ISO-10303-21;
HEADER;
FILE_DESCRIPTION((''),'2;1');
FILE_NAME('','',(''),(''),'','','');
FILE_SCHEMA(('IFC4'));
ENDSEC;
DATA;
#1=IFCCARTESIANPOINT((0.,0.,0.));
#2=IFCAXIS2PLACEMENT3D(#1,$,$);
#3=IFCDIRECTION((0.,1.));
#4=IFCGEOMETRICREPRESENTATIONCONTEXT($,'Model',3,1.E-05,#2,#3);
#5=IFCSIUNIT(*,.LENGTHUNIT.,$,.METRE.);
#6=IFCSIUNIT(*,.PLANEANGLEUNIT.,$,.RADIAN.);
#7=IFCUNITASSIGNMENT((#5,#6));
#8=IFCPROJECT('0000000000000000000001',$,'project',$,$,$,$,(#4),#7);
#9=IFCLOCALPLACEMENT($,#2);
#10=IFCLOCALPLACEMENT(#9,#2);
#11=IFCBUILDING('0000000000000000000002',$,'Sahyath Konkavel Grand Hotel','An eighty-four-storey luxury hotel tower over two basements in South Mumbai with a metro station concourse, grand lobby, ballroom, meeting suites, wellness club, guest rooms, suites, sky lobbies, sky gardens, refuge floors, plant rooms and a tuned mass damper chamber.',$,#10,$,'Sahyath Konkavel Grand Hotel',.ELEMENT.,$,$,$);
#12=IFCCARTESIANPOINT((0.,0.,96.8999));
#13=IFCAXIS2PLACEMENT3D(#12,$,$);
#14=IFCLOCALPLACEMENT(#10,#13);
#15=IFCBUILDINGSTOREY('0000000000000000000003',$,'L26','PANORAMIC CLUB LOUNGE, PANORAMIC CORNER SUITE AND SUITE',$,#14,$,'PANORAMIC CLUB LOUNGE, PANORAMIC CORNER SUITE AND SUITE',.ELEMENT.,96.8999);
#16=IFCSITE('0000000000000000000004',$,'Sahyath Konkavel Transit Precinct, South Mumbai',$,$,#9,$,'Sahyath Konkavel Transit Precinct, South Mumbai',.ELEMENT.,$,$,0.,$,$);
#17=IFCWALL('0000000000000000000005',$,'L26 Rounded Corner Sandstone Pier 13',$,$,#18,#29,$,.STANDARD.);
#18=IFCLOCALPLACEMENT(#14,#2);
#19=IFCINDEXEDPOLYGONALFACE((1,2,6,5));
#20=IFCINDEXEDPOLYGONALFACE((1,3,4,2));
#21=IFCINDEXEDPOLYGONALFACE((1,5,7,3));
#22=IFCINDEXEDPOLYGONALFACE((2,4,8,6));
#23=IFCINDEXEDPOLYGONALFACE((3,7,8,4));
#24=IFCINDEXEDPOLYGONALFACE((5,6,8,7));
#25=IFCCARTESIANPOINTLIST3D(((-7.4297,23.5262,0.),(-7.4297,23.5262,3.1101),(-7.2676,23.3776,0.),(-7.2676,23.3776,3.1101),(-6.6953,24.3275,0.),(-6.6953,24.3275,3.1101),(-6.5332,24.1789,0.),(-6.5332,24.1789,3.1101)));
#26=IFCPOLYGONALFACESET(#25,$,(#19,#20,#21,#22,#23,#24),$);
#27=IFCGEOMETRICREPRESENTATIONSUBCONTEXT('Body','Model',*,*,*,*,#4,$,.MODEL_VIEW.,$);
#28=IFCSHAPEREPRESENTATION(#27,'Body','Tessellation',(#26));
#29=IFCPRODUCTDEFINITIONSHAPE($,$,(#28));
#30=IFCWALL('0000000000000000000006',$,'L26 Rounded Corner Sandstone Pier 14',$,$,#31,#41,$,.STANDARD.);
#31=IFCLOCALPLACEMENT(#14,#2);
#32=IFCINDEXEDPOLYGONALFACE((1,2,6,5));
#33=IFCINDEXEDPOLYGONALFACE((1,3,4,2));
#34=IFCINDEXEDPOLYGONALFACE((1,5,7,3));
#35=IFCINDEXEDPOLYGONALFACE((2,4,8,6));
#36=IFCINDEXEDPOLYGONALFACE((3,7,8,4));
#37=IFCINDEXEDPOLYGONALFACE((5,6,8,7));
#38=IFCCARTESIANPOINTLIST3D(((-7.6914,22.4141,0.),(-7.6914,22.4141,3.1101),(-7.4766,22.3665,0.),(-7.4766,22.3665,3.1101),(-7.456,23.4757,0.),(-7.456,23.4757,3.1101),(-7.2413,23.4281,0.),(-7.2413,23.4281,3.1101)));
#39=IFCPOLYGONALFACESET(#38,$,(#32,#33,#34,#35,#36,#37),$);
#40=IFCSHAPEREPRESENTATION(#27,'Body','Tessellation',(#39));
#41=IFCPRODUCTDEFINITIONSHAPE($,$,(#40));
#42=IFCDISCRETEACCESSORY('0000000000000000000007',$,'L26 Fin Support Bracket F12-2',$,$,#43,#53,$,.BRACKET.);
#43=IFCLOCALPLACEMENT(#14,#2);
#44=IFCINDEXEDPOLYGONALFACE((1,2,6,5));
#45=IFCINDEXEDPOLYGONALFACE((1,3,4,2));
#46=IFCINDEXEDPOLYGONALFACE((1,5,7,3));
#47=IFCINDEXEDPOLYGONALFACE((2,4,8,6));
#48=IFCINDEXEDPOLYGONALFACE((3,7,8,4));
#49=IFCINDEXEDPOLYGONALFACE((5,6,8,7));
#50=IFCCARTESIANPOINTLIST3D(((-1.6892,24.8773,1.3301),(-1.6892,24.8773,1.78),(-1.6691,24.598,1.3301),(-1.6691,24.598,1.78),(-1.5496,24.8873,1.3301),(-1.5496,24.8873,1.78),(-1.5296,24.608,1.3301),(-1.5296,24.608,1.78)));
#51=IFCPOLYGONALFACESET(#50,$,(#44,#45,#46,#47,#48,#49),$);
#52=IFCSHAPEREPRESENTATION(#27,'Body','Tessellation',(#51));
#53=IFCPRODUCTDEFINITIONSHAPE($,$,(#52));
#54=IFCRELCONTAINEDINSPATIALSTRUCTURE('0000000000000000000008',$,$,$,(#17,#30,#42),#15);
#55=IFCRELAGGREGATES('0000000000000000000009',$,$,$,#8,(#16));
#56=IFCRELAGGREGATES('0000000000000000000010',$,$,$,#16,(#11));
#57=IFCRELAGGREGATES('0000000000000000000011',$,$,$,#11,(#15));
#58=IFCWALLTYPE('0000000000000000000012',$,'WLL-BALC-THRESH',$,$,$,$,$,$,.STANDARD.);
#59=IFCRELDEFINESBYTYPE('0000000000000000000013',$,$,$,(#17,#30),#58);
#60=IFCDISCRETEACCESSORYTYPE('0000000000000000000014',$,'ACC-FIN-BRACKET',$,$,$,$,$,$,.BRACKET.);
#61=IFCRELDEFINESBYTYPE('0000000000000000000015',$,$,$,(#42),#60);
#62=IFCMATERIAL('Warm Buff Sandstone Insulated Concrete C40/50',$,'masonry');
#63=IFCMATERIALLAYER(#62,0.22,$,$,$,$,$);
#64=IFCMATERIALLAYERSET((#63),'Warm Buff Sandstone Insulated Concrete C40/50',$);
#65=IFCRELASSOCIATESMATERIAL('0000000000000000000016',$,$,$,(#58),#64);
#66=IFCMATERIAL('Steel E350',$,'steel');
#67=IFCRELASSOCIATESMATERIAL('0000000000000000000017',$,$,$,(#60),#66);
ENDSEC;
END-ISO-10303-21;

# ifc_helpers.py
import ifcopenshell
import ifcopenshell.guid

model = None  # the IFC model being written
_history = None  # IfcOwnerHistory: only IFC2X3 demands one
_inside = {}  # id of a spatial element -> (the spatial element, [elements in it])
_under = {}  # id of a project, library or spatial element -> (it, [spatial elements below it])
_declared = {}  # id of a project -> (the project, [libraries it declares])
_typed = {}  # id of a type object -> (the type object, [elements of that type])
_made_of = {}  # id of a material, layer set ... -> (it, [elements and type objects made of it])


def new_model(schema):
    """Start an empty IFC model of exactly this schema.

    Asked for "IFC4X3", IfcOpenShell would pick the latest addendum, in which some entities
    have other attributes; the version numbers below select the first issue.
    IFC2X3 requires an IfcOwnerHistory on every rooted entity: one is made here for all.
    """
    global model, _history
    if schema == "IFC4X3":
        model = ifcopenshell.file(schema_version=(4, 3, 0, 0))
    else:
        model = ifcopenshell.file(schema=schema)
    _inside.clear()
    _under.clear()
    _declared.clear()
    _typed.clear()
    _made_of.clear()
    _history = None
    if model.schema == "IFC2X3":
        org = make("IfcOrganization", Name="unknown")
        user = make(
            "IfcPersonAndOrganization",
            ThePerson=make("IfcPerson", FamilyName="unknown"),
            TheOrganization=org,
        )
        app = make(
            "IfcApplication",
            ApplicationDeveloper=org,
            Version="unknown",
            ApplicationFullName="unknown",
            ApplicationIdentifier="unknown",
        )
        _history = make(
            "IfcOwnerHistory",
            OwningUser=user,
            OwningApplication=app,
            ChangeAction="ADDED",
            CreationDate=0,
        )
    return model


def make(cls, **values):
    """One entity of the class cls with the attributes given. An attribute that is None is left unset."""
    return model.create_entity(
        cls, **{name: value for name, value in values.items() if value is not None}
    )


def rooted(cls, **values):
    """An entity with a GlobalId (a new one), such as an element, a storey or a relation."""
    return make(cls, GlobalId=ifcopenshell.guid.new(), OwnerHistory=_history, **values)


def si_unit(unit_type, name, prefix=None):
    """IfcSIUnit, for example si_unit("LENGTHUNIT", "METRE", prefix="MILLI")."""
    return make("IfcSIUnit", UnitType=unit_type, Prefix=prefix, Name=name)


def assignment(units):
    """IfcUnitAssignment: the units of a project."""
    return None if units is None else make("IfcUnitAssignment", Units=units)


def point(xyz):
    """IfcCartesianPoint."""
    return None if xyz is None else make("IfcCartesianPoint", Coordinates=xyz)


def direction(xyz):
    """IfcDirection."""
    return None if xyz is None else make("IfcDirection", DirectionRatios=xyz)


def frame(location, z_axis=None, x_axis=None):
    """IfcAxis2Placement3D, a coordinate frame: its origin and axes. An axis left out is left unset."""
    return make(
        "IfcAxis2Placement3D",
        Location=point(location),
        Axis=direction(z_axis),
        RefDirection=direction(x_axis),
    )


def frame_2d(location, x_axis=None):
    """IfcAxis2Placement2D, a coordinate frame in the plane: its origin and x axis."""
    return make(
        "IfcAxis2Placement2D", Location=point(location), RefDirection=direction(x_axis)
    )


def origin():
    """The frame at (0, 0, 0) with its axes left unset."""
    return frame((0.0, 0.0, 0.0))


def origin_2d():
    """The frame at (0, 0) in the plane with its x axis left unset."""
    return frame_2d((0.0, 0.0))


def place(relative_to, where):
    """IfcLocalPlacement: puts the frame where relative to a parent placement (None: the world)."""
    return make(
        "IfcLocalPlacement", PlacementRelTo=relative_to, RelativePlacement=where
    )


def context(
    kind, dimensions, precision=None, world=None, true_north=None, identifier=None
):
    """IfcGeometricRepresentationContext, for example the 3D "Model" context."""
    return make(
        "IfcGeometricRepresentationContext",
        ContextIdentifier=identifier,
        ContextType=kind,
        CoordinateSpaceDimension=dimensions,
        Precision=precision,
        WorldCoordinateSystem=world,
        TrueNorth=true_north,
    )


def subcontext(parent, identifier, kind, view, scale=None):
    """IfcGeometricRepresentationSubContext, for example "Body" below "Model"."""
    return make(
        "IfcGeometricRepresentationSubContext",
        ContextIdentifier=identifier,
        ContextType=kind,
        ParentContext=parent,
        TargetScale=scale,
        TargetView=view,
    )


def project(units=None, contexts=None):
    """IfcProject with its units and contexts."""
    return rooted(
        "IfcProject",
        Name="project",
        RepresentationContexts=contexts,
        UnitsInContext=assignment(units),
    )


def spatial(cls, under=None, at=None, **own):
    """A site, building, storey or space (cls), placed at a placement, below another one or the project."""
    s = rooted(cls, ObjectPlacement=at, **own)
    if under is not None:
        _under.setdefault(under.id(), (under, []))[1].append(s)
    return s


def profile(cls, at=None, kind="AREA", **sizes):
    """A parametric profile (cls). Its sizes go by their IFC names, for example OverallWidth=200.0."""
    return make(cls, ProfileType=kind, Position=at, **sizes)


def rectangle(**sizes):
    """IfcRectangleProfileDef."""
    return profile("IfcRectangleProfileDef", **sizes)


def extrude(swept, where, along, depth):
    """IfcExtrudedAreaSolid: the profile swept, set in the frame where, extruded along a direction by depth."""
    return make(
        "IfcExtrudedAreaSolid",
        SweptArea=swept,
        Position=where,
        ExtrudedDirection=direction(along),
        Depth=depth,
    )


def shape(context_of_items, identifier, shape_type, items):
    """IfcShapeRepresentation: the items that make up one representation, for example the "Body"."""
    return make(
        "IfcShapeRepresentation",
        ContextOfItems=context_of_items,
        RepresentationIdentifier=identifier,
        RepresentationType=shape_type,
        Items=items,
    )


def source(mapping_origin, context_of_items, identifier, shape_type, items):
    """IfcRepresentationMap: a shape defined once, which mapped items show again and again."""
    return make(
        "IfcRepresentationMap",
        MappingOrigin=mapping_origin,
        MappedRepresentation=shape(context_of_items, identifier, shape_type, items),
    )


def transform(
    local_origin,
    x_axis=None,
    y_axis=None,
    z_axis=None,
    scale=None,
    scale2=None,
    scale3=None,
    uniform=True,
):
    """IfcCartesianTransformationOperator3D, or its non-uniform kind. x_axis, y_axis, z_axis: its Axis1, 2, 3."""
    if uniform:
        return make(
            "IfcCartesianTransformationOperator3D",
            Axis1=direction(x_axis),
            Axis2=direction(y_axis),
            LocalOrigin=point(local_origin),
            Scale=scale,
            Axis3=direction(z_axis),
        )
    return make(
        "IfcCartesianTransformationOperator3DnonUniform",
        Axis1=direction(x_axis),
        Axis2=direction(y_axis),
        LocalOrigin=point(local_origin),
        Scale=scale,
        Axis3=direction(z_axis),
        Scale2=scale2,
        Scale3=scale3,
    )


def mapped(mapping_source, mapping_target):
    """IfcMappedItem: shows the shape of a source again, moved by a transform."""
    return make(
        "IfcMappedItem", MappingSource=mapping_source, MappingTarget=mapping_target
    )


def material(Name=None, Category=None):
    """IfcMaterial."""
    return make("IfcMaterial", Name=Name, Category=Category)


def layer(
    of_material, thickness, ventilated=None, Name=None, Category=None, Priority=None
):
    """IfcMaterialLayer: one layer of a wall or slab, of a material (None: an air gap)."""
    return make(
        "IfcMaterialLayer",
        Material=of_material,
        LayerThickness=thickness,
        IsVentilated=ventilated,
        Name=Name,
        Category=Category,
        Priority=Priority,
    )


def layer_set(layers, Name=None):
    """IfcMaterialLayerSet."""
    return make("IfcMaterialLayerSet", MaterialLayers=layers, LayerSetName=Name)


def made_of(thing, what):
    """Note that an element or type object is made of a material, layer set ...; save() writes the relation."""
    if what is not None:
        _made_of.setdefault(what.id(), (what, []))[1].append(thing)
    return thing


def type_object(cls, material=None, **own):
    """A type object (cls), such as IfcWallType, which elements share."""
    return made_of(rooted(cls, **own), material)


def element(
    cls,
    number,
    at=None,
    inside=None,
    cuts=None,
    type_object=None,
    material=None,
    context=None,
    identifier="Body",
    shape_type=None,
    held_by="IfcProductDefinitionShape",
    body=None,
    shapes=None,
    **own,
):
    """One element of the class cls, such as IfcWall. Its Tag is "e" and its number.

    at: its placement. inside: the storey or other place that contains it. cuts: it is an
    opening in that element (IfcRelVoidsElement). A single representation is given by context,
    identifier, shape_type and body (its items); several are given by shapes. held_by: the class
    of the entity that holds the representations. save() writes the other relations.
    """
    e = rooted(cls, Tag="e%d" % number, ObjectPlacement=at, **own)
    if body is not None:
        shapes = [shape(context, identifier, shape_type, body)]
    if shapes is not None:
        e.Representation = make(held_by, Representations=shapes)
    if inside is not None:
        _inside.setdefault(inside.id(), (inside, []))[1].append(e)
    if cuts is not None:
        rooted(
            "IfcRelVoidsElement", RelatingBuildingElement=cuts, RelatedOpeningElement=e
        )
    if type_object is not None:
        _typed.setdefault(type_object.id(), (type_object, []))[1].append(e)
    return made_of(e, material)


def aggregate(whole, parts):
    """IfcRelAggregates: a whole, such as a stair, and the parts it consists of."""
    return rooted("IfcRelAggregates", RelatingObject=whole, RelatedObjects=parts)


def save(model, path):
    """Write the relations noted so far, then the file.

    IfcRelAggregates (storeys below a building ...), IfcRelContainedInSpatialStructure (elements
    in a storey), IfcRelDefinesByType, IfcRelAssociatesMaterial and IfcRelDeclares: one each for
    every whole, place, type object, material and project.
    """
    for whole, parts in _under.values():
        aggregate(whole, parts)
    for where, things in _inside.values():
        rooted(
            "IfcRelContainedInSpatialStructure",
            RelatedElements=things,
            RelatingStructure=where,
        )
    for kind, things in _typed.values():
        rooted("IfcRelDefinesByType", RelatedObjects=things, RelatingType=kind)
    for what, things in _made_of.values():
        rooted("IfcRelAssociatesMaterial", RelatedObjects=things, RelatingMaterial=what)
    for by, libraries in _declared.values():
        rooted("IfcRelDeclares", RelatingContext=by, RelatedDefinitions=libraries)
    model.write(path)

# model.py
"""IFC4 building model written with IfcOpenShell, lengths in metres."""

from ifc_helpers import new_model, si_unit, direction, frame, frame_2d, origin, origin_2d, place, context, subcontext, project, spatial, rectangle, extrude, source, transform, mapped, material, layer, layer_set, type_object, element, save


model = new_model("IFC4")

# Units and contexts
model_context = context("Model", 3, precision=1e-05, world=origin(), true_north=direction((0.0, 1.0)))
body_context = subcontext(model_context, "Body", "Model", "MODEL_VIEW")
ifc_project = project(units=[si_unit("LENGTHUNIT", "METRE"), si_unit("PLANEANGLEUNIT", "RADIAN")], contexts=[model_context])

# Site, building, storey
site_placement = place(None, origin())
site = spatial("IfcSite", under=ifc_project, at=site_placement, Name="Sahyath Konkavel Transit Precinct, South Mumbai", LongName="Sahyath Konkavel Transit Precinct, South Mumbai", CompositionType="ELEMENT", RefElevation=0.0)
building_placement = place(site_placement, origin())
building = spatial("IfcBuilding", under=site, at=building_placement, Name="Sahyath Konkavel Grand Hotel", Description="An eighty-four-storey luxury hotel tower over two basements in South Mumbai with a metro station concourse, grand lobby, ballroom, meeting suites, wellness club, guest rooms, suites, sky lobbies, sky gardens, refuge floors, plant rooms and a tuned mass damper chamber.", LongName="Sahyath Konkavel Grand Hotel", CompositionType="ELEMENT")
storey_placement = place(building_placement, frame((0.0, 0.0, 96.8999)))
storey = spatial("IfcBuildingStorey", under=building, at=storey_placement, Name="L26", Description="PANORAMIC CLUB LOUNGE, PANORAMIC CORNER SUITE AND SUITE", LongName="PANORAMIC CLUB LOUNGE, PANORAMIC CORNER SUITE AND SUITE", CompositionType="ELEMENT", Elevation=96.8999)

# Shared definitions
ifc_material_1 = material(Name="Steel E350", Category="steel")

# Walls
ifc_material_2 = material(Name="Warm Buff Sandstone Insulated Concrete C40/50", Category="masonry")
ifc_layer_1 = layer(ifc_material_2, 0.22)
ifc_layer_set_1 = layer_set([ifc_layer_1], Name="Warm Buff Sandstone Insulated Concrete C40/50")
wall_type = type_object("IfcWallType", Name="WLL-BALC-THRESH", PredefinedType="STANDARD", material=ifc_layer_set_1)
wall_1_placement = place(storey_placement, frame((-6.6143, 24.2532, 0.0), z_axis=(0.0, 0.0, 1.0), x_axis=(-0.675664, -0.73721, 0.0)))
element("IfcWall", 1, at=wall_1_placement, inside=storey, type_object=wall_type, Name="L26 Rounded Corner Sandstone Pier 13", PredefinedType="STANDARD", context=body_context, shape_type="SweptSolid", body=[
    extrude(rectangle(XDim=1.0869, YDim=0.22, at=frame_2d((0.5435, 0.0))), origin(), (0.0, 0.0, 1.0), 3.1101),
])
wall_2_placement = place(storey_placement, frame((-7.3486, 23.4519, 0.0), z_axis=(0.0, 0.0, 1.0), x_axis=(-0.216455, -0.976293, 0.0)))
element("IfcWall", 2, at=wall_2_placement, inside=storey, type_object=wall_type, Name="L26 Rounded Corner Sandstone Pier 14", PredefinedType="STANDARD", context=body_context, shape_type="SweptSolid", body=[
    extrude(rectangle(XDim=1.0874, YDim=0.22, at=frame_2d((0.5437, 0.0))), origin(), (0.0, 0.0, 1.0), 3.1101),
])

# Discrete accessory
discrete_accessory_type = type_object("IfcDiscreteAccessoryType", Name="ACC-FIN-BRACKET", PredefinedType="BRACKET", material=ifc_material_1)
shared_shape_1 = source(origin(), body_context, "Body", "SweptSolid", [
    extrude(rectangle(XDim=0.28, YDim=0.1399, at=origin_2d()), origin(), (0.0, 0.0, 1.0), 0.45),
])
discrete_accessory_placement = place(storey_placement, frame((-1.6094, 24.7427, 1.3301), z_axis=(0.0, 0.0, 1.0), x_axis=(-0.071567, 0.997436, 0.0)))
element("IfcDiscreteAccessory", 3, at=discrete_accessory_placement, inside=storey, type_object=discrete_accessory_type, Name="L26 Fin Support Bracket F12-2", PredefinedType="BRACKET", context=body_context, shape_type="MappedRepresentation", body=[
    mapped(shared_shape_1, transform((0.0, 0.0, 0.0), scale=1.0)),
])

save(model, "model.ifc")
